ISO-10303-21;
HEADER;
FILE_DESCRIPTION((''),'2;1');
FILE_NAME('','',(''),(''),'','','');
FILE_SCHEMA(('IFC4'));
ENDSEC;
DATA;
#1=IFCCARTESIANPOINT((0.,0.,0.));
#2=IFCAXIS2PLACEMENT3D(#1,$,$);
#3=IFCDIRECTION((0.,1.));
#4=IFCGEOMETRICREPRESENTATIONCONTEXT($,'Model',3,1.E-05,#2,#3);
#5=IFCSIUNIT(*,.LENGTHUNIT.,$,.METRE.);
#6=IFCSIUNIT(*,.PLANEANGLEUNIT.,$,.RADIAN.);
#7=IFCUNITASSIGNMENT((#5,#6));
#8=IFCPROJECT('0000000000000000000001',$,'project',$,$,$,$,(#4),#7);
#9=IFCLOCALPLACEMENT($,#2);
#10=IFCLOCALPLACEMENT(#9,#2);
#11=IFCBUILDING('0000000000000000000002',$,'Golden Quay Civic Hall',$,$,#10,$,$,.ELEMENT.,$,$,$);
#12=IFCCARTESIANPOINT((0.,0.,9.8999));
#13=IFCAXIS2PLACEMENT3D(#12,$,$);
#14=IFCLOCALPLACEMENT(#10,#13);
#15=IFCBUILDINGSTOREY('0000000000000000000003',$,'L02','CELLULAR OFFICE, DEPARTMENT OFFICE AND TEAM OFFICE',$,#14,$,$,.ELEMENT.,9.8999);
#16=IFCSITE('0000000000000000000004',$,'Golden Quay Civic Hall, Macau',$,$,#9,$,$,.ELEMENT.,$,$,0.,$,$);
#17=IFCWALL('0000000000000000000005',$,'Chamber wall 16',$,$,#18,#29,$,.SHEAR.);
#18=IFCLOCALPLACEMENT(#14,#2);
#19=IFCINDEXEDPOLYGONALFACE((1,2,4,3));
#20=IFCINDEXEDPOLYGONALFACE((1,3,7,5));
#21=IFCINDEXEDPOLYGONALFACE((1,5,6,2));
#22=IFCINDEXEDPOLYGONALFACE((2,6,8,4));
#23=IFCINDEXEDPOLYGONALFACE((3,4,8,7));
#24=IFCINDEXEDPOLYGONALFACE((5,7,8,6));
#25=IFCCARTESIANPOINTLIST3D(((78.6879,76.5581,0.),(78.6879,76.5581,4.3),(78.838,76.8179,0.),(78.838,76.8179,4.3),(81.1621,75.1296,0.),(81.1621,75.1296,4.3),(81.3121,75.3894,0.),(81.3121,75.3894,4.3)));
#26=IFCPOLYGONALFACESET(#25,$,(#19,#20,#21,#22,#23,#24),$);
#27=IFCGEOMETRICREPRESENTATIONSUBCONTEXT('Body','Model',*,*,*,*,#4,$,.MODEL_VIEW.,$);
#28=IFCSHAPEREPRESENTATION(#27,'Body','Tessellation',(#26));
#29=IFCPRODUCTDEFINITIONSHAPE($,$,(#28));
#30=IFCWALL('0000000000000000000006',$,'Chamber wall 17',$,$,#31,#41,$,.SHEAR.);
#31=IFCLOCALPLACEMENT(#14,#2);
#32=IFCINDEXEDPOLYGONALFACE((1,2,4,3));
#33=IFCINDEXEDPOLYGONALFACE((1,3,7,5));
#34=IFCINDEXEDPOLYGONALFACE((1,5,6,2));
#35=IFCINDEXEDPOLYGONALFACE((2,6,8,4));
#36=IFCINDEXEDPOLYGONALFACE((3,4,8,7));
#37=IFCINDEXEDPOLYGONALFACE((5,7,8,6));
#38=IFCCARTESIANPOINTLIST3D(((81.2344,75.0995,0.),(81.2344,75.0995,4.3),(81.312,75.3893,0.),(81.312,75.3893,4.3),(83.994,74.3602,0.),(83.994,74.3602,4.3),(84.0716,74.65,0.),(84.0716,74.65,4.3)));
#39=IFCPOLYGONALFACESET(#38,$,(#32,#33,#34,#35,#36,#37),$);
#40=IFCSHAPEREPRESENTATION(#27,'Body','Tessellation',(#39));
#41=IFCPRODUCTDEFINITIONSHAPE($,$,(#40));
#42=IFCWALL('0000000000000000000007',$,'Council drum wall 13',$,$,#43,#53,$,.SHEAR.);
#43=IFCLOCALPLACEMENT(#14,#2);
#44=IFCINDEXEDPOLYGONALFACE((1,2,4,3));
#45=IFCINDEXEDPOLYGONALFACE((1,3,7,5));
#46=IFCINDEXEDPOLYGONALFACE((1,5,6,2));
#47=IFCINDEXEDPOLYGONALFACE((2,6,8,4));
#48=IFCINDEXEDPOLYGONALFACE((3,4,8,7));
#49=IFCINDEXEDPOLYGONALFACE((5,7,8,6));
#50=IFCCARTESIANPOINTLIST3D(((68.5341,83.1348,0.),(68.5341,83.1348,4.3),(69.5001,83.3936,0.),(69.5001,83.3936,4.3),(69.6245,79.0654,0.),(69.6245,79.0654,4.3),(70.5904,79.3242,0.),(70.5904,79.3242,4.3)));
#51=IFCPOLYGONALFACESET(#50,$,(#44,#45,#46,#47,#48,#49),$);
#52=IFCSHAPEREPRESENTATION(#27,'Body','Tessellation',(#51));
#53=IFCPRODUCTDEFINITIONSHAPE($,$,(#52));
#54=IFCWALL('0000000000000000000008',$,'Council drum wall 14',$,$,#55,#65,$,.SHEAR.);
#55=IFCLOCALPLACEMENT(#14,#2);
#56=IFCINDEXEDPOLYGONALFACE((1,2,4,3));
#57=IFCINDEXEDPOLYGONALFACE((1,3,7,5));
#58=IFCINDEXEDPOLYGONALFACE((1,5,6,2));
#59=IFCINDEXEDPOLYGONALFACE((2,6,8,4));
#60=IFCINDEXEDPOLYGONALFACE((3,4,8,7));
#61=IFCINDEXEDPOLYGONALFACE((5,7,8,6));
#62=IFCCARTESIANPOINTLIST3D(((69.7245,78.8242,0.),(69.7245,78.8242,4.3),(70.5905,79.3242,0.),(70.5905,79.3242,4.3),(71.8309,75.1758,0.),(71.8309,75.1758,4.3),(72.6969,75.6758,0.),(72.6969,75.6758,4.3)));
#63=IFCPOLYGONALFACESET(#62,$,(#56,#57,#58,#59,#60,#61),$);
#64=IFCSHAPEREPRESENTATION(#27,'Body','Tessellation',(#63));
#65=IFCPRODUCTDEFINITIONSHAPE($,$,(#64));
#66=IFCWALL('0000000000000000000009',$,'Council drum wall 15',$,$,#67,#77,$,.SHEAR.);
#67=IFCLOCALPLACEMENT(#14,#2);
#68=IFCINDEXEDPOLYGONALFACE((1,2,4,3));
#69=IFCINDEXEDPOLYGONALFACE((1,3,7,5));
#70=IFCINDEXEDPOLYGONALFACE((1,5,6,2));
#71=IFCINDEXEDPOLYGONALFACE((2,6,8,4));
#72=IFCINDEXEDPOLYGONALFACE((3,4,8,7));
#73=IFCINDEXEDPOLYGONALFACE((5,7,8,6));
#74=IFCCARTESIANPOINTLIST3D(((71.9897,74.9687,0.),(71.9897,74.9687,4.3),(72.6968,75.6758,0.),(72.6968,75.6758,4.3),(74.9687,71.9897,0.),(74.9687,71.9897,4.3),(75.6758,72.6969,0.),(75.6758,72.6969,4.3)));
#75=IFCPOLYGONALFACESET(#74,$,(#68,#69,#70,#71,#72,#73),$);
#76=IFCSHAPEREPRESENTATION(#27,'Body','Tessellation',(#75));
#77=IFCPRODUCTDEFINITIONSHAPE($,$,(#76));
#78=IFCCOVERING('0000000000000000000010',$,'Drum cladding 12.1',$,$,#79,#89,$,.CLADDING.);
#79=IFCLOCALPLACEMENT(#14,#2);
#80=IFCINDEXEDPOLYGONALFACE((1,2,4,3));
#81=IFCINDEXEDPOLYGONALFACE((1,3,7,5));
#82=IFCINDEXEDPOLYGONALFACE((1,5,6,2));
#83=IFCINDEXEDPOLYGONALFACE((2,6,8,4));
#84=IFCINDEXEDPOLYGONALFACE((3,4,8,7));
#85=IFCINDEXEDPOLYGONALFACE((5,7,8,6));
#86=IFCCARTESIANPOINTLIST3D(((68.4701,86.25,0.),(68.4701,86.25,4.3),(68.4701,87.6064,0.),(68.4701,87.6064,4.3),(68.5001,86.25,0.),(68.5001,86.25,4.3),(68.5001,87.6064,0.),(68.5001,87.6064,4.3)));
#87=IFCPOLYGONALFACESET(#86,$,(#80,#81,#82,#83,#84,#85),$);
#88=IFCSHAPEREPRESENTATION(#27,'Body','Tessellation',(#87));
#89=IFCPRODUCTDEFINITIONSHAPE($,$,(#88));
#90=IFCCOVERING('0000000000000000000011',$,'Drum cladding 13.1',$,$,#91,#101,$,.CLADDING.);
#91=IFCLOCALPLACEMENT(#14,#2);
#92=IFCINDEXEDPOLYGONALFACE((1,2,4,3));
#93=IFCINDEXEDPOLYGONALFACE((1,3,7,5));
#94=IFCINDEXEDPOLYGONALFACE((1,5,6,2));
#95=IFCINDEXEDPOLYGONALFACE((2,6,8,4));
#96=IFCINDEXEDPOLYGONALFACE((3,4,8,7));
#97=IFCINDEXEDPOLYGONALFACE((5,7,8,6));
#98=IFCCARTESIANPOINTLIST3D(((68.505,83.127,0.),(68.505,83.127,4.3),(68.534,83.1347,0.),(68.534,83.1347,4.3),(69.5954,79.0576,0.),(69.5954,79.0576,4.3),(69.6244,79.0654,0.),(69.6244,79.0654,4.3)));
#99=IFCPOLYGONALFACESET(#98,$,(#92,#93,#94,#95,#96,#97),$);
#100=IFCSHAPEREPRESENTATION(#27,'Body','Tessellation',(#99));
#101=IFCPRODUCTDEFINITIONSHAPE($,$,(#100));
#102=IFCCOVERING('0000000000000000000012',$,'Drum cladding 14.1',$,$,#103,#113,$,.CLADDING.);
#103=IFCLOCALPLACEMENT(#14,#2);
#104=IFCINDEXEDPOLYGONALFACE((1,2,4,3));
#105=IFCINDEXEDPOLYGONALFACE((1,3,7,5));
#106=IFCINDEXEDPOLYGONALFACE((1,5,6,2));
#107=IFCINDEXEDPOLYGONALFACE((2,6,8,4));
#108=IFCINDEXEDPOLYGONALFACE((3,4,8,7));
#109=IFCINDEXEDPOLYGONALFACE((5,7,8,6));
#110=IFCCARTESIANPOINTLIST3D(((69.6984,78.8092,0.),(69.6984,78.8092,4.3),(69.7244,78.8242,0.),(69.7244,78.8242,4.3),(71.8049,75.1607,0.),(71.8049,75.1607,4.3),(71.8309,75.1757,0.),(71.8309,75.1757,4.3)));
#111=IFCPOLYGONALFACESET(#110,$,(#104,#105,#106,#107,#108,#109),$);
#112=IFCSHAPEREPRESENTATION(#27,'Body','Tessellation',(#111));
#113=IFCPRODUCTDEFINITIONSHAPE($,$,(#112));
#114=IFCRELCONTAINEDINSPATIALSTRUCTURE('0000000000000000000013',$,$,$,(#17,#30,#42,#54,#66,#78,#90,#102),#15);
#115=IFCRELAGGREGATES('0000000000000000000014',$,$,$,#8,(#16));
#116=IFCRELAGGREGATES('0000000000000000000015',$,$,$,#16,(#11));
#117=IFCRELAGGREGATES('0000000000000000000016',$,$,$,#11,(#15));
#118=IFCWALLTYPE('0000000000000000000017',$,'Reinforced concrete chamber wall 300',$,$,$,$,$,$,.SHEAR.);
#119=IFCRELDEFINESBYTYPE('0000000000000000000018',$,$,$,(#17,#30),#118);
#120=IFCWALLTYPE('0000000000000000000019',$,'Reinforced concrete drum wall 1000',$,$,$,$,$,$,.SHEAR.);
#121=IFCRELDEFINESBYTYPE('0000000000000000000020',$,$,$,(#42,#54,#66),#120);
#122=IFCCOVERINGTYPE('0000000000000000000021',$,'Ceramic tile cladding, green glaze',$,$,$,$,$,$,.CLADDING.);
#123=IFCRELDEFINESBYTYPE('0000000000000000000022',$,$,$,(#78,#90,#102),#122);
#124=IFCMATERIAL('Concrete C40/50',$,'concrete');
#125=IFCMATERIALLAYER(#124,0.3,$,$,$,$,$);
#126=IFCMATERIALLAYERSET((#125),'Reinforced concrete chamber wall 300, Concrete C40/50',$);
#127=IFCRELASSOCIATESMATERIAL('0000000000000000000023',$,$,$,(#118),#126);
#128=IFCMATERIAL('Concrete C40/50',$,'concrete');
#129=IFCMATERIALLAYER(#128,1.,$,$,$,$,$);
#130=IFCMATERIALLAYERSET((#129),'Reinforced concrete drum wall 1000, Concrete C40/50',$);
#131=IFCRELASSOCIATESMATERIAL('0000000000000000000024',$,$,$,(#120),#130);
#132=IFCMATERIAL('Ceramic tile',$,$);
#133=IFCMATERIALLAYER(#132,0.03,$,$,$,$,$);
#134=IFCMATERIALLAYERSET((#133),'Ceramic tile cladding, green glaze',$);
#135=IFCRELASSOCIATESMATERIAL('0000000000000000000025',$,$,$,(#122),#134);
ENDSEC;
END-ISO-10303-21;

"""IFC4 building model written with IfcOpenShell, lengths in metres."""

from ifc_helpers import new_model, si_unit, direction, frame, frame_2d, origin, origin_2d, place, context, subcontext, project, spatial, rectangle, extrude, material, layer, layer_set, type_object, element, save


model = new_model("IFC4")

# Units and contexts
model_context = context("Model", 3, precision=1e-05, world=origin(), true_north=direction((0.0, 1.0)))
body_context = subcontext(model_context, "Body", "Model", "MODEL_VIEW")
ifc_project = project(units=[si_unit("LENGTHUNIT", "METRE"), si_unit("PLANEANGLEUNIT", "RADIAN")], contexts=[model_context])

# Site, building, storey
site_placement = place(None, origin())
site = spatial("IfcSite", under=ifc_project, at=site_placement, Name="Golden Quay Civic Hall, Macau", CompositionType="ELEMENT", RefElevation=0.0)
building_placement = place(site_placement, origin())
building = spatial("IfcBuilding", under=site, at=building_placement, Name="Golden Quay Civic Hall", CompositionType="ELEMENT")
storey_placement = place(building_placement, frame((0.0, 0.0, 9.8999)))
storey = spatial("IfcBuildingStorey", under=building, at=storey_placement, Name="L02", Description="CELLULAR OFFICE, DEPARTMENT OFFICE AND TEAM OFFICE", CompositionType="ELEMENT", Elevation=9.8999)

# Shared definitions
ifc_material_1 = material(Name="Concrete C40/50", Category="concrete")
ifc_layer_1 = layer(ifc_material_1, 0.3)
ifc_layer_set_1 = layer_set([ifc_layer_1], Name="Reinforced concrete chamber wall 300, Concrete C40/50")
wall_type_1 = type_object("IfcWallType", Name="Reinforced concrete chamber wall 300", PredefinedType="SHEAR", material=ifc_layer_set_1)

# Walls
for number, where, z_axis, x_axis, name in (
    (1, (78.7629, 76.688, 0.0), (0.0, 0.0, 1.0), (0.866021, -0.500008, 0.0), "Chamber wall 16"),
    (2, (81.2732, 75.2444, 0.0), (0.0, 0.0, 1.0), (0.965939, -0.258769, 0.0), "Chamber wall 17"),
):
    element("IfcWall", number, at=place(storey_placement, frame(where, z_axis=z_axis, x_axis=x_axis)), inside=storey, type_object=wall_type_1, Name=name, PredefinedType="SHEAR", context=body_context, shape_type="SweptSolid", body=[
        extrude(rectangle(XDim=2.8569, YDim=0.3, at=frame_2d((1.4285, 0.0))), origin(), (0.0, 0.0, 1.0), 4.3),
    ])
ifc_material_2 = material(Name="Concrete C40/50", Category="concrete")
ifc_layer_2 = layer(ifc_material_2, 1.0)
ifc_layer_set_2 = layer_set([ifc_layer_2], Name="Reinforced concrete drum wall 1000, Concrete C40/50")
wall_type_2 = type_object("IfcWallType", Name="Reinforced concrete drum wall 1000", PredefinedType="SHEAR", material=ifc_layer_set_2)
for number, where, z_axis, x_axis, name in (
    (3, (69.0171, 83.2642, 0.0), (0.0, 0.0, 1.0), (0.258809, -0.965928, 0.0), "Council drum wall 13"),
    (4, (70.1575, 79.0742, 0.0), (0.0, 0.0, 1.0), (0.500003, -0.866023, 0.0), "Council drum wall 14"),
    (5, (72.3433, 75.3223, 0.0), (0.0, 0.0, 1.0), (0.707107, -0.707107, 0.0), "Council drum wall 15"),
):
    element("IfcWall", number, at=place(storey_placement, frame(where, z_axis=z_axis, x_axis=x_axis)), inside=storey, type_object=wall_type_2, Name=name, PredefinedType="SHEAR", context=body_context, shape_type="SweptSolid", body=[
        extrude(rectangle(XDim=4.2129, YDim=1.0, at=frame_2d((2.1064, 0.0))), origin(), (0.0, 0.0, 1.0), 4.3),
    ])

# Coverings
ifc_material_3 = material(Name="Ceramic tile")
ifc_layer_3 = layer(ifc_material_3, 0.03)
ifc_layer_set_3 = layer_set([ifc_layer_3], Name="Ceramic tile cladding, green glaze")
covering_type = type_object("IfcCoveringType", Name="Ceramic tile cladding, green glaze", PredefinedType="CLADDING", material=ifc_layer_set_3)
covering_placement = place(storey_placement, frame((68.4851, 86.9282, 0.0), z_axis=(0.0, 0.0, 1.0), x_axis=(0.0, -1.0, 0.0)))
element("IfcCovering", 6, at=covering_placement, inside=storey, type_object=covering_type, Name="Drum cladding 12.1", PredefinedType="CLADDING", context=body_context, shape_type="SweptSolid", body=[
    extrude(rectangle(XDim=1.3564, YDim=0.03, at=origin_2d()), origin(), (0.0, 0.0, 1.0), 4.3),
])
for number, where, z_axis, x_axis, name in (
    (7, (69.0647, 81.0962, 0.0), (0.0, 0.0, 1.0), (0.258819, -0.965926, 0.0), "Drum cladding 13.1"),
    (8, (70.7646, 76.9924, 0.0), (0.0, 0.0, 1.0), (0.5, -0.866025, 0.0), "Drum cladding 14.1"),
):
    element("IfcCovering", number, at=place(storey_placement, frame(where, z_axis=z_axis, x_axis=x_axis)), inside=storey, type_object=covering_type, Name=name, PredefinedType="CLADDING", context=body_context, shape_type="SweptSolid", body=[
        extrude(rectangle(XDim=4.2129, YDim=0.03, at=origin_2d()), origin(), (0.0, 0.0, 1.0), 4.3),
    ])

save(model, "model.ifc")
